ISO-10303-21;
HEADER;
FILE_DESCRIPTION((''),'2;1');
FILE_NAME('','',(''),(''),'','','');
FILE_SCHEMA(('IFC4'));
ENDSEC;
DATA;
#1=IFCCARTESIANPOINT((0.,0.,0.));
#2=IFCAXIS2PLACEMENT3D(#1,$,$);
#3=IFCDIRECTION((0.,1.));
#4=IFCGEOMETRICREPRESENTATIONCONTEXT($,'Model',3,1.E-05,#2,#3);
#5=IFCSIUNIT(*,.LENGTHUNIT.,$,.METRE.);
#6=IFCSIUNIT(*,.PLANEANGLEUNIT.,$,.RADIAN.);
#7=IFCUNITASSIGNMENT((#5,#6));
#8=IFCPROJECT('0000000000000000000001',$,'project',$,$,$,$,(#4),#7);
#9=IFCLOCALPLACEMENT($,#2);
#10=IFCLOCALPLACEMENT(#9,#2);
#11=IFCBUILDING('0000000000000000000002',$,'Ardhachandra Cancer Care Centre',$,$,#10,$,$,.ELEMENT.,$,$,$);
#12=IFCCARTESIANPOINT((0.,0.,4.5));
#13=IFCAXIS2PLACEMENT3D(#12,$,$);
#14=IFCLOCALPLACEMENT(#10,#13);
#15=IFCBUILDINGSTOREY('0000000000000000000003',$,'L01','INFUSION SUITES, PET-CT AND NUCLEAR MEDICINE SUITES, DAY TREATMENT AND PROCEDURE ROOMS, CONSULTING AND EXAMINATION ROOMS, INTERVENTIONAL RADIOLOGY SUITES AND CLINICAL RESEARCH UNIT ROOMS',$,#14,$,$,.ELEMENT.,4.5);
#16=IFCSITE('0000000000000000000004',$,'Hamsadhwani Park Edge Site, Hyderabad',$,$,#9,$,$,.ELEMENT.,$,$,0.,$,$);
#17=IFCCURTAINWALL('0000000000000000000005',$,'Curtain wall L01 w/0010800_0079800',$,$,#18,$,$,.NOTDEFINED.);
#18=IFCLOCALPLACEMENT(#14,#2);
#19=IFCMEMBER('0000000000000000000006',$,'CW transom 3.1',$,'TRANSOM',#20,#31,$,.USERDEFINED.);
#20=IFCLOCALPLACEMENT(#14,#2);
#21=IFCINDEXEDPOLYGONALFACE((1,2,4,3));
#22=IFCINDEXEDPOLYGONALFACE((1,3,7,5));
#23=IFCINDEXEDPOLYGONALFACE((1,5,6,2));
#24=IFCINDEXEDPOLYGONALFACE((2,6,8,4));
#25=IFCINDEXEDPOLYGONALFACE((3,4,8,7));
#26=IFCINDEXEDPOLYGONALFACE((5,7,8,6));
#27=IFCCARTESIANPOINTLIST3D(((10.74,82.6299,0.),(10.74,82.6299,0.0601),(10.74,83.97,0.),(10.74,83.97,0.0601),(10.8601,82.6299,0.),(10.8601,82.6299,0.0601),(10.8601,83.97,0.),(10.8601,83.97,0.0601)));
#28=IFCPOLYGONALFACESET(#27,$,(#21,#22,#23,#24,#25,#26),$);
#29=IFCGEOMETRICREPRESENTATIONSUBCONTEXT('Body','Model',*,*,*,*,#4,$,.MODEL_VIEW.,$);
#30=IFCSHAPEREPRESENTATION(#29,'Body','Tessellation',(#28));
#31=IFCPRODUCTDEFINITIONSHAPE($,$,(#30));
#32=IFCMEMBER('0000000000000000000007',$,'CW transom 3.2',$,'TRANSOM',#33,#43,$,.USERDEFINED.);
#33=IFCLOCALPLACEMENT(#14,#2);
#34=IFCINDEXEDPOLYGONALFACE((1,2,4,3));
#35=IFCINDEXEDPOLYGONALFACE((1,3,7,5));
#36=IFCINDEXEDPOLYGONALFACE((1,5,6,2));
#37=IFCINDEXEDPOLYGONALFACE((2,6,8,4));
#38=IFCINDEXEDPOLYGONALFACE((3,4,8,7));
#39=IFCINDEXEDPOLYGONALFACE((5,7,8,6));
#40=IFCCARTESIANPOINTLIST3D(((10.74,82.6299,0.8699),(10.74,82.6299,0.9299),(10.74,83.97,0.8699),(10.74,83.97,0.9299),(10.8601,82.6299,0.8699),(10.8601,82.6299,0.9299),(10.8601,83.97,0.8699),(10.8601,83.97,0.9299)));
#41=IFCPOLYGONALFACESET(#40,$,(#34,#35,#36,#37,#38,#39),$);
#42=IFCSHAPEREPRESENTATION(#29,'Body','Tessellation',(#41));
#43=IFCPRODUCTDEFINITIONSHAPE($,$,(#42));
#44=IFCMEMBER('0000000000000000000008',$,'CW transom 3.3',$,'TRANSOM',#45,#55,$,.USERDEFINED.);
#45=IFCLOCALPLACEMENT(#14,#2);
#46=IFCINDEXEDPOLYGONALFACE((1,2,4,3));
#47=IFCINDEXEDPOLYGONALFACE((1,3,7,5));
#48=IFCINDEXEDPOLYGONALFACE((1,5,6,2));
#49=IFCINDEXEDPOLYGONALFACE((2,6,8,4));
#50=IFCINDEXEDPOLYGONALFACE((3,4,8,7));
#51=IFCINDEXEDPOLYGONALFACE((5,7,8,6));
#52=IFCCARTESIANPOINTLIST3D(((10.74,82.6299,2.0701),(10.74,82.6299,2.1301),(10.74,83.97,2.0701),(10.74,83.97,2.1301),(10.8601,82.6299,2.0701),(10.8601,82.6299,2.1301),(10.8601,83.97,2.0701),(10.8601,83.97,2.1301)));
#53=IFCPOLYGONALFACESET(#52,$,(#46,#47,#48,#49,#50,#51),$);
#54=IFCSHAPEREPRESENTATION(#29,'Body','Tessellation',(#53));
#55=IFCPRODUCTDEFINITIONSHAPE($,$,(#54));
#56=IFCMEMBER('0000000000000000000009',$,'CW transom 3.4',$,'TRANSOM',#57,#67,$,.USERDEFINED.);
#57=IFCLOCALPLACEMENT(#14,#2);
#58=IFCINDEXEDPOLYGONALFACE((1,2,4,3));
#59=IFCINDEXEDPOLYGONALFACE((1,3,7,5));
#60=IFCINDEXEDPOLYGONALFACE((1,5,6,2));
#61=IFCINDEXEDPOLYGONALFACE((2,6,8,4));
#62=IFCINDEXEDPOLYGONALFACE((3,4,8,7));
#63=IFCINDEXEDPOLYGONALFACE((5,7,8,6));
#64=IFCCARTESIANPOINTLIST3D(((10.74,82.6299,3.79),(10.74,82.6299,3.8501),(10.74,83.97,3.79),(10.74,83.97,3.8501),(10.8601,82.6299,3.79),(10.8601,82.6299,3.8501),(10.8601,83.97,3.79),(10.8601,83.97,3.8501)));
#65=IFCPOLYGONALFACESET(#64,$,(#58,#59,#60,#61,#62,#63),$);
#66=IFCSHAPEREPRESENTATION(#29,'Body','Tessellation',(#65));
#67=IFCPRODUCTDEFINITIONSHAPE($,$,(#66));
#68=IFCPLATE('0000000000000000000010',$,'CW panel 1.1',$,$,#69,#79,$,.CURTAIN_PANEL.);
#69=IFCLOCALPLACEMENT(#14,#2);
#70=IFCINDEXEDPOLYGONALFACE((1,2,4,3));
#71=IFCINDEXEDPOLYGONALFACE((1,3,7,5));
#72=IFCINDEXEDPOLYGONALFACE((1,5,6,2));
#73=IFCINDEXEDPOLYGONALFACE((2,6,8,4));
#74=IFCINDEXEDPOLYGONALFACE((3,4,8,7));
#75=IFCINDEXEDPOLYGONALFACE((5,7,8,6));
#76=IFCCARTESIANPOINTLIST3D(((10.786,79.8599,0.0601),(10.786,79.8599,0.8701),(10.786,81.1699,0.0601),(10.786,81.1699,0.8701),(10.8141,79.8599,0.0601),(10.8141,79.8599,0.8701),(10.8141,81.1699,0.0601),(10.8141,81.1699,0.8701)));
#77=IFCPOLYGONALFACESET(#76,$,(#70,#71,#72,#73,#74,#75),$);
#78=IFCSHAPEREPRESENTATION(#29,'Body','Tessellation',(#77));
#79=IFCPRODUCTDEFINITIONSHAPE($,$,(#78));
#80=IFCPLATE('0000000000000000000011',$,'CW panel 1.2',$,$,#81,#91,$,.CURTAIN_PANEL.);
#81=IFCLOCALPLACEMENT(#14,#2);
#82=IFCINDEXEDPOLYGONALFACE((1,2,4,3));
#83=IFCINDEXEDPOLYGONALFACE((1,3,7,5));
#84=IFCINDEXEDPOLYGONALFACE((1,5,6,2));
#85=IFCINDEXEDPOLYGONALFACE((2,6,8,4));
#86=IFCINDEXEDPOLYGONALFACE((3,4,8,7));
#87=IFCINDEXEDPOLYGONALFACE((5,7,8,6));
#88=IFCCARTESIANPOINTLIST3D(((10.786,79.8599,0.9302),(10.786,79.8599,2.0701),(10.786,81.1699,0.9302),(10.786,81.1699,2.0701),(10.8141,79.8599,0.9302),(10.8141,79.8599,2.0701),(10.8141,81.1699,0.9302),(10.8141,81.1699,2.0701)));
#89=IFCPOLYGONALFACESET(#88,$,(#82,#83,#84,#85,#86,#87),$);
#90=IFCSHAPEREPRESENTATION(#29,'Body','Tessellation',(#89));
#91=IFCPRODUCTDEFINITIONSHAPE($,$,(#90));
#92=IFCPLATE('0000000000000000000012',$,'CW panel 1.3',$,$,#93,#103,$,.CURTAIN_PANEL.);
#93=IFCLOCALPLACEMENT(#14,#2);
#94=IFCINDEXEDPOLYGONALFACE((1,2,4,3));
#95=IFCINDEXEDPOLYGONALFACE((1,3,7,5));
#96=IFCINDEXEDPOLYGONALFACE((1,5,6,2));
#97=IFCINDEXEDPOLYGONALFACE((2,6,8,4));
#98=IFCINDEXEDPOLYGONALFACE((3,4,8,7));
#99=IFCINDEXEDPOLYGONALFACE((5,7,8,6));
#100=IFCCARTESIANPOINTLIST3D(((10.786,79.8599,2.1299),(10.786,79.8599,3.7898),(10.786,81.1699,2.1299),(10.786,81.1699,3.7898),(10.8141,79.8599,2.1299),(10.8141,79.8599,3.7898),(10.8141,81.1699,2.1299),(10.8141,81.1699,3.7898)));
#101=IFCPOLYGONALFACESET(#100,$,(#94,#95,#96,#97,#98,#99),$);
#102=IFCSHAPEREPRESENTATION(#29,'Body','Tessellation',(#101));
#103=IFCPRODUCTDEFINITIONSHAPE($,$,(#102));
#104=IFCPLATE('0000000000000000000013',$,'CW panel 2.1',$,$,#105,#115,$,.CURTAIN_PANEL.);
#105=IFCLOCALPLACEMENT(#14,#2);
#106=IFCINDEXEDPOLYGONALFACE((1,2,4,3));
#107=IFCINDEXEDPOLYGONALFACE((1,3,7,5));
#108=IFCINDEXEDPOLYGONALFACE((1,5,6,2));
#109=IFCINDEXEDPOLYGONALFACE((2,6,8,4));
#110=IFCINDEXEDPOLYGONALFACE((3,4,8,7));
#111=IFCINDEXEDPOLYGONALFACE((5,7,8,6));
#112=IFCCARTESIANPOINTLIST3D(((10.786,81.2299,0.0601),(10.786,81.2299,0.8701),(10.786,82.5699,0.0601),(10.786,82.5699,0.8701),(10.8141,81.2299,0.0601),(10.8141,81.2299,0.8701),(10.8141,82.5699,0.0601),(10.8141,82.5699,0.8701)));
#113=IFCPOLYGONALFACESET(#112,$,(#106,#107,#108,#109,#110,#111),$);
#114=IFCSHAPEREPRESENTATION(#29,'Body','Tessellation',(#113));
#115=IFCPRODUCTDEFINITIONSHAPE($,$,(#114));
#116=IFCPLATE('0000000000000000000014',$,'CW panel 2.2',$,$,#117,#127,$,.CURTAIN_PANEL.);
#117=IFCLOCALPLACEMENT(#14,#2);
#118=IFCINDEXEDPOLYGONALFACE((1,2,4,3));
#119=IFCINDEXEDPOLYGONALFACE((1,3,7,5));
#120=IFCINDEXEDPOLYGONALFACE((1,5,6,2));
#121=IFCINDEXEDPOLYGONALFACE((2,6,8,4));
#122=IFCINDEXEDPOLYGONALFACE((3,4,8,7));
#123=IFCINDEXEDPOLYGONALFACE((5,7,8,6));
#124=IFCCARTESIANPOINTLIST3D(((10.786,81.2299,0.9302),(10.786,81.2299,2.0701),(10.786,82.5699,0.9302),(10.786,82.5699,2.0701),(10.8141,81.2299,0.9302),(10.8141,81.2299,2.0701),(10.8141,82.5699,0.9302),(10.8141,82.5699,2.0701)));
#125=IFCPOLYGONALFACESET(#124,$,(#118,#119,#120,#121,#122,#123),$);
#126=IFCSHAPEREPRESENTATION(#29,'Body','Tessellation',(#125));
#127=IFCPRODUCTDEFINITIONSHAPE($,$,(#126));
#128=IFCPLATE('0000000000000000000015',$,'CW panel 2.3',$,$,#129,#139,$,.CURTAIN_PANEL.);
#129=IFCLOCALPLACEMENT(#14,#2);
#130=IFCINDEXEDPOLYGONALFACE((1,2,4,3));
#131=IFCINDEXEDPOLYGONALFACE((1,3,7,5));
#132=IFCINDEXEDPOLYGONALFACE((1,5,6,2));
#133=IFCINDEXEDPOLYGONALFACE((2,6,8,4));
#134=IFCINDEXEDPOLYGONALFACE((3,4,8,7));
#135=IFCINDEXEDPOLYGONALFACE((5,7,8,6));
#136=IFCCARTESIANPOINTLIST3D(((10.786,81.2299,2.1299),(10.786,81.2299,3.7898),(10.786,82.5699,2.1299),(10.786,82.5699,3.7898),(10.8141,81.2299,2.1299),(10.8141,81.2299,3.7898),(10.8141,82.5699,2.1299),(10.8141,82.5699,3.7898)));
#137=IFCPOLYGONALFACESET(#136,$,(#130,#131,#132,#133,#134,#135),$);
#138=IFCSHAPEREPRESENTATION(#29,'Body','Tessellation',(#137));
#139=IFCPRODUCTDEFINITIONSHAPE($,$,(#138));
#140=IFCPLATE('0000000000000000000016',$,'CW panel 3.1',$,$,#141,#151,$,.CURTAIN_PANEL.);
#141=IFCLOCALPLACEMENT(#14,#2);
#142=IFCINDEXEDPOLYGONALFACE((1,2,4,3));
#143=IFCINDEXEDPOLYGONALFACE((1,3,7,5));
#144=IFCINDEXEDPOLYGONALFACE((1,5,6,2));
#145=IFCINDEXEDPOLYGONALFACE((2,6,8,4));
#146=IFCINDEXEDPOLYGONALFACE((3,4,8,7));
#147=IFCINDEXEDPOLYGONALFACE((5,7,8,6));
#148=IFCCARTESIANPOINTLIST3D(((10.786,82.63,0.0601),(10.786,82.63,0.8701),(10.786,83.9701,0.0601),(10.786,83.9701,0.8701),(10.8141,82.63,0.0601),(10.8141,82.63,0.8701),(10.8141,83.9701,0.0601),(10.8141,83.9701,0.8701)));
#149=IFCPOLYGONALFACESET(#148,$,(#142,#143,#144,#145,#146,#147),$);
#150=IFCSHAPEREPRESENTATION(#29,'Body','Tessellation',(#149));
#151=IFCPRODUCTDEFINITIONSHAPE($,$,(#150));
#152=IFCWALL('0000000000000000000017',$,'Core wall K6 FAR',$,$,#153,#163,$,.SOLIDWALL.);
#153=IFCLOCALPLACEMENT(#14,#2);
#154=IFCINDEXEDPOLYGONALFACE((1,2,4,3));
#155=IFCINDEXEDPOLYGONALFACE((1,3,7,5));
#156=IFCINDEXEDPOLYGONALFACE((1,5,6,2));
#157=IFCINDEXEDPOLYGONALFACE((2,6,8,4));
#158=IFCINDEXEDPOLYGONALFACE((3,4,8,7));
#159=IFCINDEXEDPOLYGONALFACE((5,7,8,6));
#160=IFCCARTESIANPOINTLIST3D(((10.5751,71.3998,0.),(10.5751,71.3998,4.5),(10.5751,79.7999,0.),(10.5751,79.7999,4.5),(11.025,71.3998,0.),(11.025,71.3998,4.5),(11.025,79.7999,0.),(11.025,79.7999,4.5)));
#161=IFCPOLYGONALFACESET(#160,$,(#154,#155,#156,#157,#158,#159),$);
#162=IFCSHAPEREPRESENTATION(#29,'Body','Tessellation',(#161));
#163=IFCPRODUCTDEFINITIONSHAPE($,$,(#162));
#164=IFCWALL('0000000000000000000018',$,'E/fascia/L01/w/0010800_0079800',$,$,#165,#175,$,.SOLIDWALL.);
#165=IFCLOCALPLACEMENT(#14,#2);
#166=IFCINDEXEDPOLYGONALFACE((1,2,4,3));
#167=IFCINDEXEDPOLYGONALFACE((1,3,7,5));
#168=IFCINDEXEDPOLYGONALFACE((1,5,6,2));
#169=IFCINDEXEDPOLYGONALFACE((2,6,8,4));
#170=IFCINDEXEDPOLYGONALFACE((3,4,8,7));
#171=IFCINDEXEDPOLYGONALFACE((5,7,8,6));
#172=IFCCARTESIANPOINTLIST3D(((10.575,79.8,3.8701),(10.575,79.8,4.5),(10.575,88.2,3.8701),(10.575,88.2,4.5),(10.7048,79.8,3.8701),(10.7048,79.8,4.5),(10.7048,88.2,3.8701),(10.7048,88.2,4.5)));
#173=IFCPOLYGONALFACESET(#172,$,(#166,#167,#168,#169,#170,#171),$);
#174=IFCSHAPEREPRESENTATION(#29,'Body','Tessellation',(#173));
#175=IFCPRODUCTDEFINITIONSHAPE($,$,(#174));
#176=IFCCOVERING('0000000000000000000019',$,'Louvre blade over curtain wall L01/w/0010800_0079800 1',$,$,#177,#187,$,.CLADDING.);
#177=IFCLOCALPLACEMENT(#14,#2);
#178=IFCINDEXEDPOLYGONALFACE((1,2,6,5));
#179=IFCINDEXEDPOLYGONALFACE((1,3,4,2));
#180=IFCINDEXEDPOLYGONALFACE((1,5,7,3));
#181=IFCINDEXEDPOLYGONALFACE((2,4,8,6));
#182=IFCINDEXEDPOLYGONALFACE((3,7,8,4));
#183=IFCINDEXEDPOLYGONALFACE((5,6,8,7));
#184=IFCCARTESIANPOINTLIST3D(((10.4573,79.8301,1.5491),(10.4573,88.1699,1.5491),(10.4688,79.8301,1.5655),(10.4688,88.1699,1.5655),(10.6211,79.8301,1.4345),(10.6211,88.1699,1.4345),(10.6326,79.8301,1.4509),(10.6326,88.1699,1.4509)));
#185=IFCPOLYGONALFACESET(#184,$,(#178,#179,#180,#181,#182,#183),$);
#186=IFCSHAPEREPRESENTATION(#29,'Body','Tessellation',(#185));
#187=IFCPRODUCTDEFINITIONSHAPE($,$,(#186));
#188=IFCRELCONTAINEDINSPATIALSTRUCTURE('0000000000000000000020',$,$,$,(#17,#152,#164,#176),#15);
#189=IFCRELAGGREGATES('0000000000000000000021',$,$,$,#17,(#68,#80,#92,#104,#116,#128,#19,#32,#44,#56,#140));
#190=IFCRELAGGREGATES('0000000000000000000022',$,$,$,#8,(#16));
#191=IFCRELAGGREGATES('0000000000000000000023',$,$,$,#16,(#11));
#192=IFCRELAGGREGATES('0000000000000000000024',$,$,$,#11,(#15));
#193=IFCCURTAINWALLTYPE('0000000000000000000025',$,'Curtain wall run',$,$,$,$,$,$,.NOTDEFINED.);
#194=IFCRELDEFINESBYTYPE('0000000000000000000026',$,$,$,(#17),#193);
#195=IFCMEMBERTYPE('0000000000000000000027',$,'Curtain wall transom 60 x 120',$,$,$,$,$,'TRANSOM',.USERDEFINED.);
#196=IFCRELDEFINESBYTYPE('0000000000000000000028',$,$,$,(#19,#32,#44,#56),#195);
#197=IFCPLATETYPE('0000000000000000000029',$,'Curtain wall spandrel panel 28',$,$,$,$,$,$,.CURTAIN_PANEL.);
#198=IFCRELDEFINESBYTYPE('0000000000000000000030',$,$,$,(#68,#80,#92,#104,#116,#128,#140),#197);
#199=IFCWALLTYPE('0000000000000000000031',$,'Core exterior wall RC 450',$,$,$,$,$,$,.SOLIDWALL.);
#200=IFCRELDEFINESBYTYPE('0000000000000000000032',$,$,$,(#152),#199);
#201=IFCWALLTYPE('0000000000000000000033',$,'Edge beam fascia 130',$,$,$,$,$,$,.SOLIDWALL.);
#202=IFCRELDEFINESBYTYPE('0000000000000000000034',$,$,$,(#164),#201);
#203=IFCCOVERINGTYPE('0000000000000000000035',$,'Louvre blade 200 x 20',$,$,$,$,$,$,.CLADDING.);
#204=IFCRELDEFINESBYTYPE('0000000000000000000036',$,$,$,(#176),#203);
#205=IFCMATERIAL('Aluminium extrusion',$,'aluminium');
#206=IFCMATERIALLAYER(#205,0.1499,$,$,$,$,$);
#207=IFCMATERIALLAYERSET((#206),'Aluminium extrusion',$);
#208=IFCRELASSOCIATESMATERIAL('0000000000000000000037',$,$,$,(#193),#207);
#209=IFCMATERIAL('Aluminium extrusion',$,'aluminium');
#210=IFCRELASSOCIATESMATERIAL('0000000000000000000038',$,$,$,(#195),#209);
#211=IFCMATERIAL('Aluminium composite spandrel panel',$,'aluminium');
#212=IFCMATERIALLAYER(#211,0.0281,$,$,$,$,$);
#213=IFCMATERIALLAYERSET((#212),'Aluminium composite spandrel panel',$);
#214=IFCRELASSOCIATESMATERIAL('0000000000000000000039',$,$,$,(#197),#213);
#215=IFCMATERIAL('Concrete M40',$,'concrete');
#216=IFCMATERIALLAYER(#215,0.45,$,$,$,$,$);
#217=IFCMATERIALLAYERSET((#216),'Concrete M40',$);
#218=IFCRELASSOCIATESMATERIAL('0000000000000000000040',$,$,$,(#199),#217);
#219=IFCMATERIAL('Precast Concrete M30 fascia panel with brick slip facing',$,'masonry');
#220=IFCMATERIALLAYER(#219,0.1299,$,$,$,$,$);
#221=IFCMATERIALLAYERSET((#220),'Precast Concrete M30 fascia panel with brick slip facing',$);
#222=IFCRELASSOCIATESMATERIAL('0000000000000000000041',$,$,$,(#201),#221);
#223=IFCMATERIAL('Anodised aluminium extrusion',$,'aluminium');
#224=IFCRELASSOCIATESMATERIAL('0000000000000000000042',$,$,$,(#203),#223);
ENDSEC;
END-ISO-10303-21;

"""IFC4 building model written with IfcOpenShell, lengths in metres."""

from ifc_helpers import new_model, si_unit, direction, frame, frame_2d, origin, origin_2d, place, context, subcontext, project, spatial, rectangle, extrude, material, layer, layer_set, material_profile, profile_set, type_object, element, aggregate, save


model = new_model("IFC4")

# Units and contexts
model_context = context("Model", 3, precision=1e-05, world=origin(), true_north=direction((0.0, 1.0)))
body_context = subcontext(model_context, "Body", "Model", "MODEL_VIEW")
ifc_project = project(units=[si_unit("LENGTHUNIT", "METRE"), si_unit("PLANEANGLEUNIT", "RADIAN")], contexts=[model_context])

# Site, building, storey
site_placement = place(None, origin())
site = spatial("IfcSite", under=ifc_project, at=site_placement, Name="Hamsadhwani Park Edge Site, Hyderabad", CompositionType="ELEMENT", RefElevation=0.0)
building_placement = place(site_placement, origin())
building = spatial("IfcBuilding", under=site, at=building_placement, Name="Ardhachandra Cancer Care Centre", CompositionType="ELEMENT")
storey_placement = place(building_placement, frame((0.0, 0.0, 4.5)))
storey = spatial("IfcBuildingStorey", under=building, at=storey_placement, Name="L01", Description="INFUSION SUITES, PET-CT AND NUCLEAR MEDICINE SUITES, DAY TREATMENT AND PROCEDURE ROOMS, CONSULTING AND EXAMINATION ROOMS, INTERVENTIONAL RADIOLOGY SUITES AND CLINICAL RESEARCH UNIT ROOMS", CompositionType="ELEMENT", Elevation=4.5)

# Curtain wall, members, plates
ifc_material_1 = material(Name="Aluminium extrusion", Category="aluminium")
ifc_layer_1 = layer(ifc_material_1, 0.1499)
ifc_layer_set_1 = layer_set([ifc_layer_1], Name="Aluminium extrusion")
curtain_wall_type = type_object("IfcCurtainWallType", Name="Curtain wall run", PredefinedType="NOTDEFINED", material=ifc_layer_set_1)
curtain_wall_placement = place(storey_placement, origin())
curtain_wall = element("IfcCurtainWall", 1, at=curtain_wall_placement, inside=storey, type_object=curtain_wall_type, Name="Curtain wall L01 w/0010800_0079800", PredefinedType="NOTDEFINED")
ifc_material_2 = material(Name="Aluminium extrusion", Category="aluminium")
ifc_material_profile_1 = material_profile(ifc_material_2, rectangle(XDim=0.1201, YDim=0.0601, at=origin_2d()), Name="Curtain wall transom 60 x 120")
ifc_profile_set_1 = profile_set([ifc_material_profile_1], Name="Aluminium extrusion")
member_type_1 = type_object("IfcMemberType", Name="Curtain wall transom 60 x 120", ElementType="TRANSOM", PredefinedType="USERDEFINED", material=ifc_profile_set_1)
member_1_placement = place(storey_placement, frame((10.8, 82.6299, 0.03), z_axis=(0.0, 1.0, 0.0), x_axis=(-1.0, 0.0, 0.0)))
member_1 = element("IfcMember", 2, at=member_1_placement, type_object=member_type_1, Name="CW transom 3.1", ObjectType="TRANSOM", PredefinedType="USERDEFINED", context=body_context, shape_type="SweptSolid", body=[
    extrude(rectangle(XDim=0.1201, YDim=0.0601, at=origin_2d()), origin(), (0.0, 0.0, 1.0), 1.3401),
])
member_2_placement = place(storey_placement, frame((10.8, 82.6299, 0.8999), z_axis=(0.0, 1.0, 0.0), x_axis=(-1.0, 0.0, 0.0)))
member_2 = element("IfcMember", 3, at=member_2_placement, type_object=member_type_1, Name="CW transom 3.2", ObjectType="TRANSOM", PredefinedType="USERDEFINED", context=body_context, shape_type="SweptSolid", body=[
    extrude(rectangle(XDim=0.1201, YDim=0.0601, at=origin_2d()), origin(), (0.0, 0.0, 1.0), 1.3401),
])
member_3_placement = place(storey_placement, frame((10.8, 82.6299, 2.1001), z_axis=(0.0, 1.0, 0.0), x_axis=(-1.0, 0.0, 0.0)))
member_3 = element("IfcMember", 4, at=member_3_placement, type_object=member_type_1, Name="CW transom 3.3", ObjectType="TRANSOM", PredefinedType="USERDEFINED", context=body_context, shape_type="SweptSolid", body=[
    extrude(rectangle(XDim=0.1201, YDim=0.0601, at=origin_2d()), origin(), (0.0, 0.0, 1.0), 1.3401),
])
member_4_placement = place(storey_placement, frame((10.8, 82.6299, 3.8201), z_axis=(0.0, 1.0, 0.0), x_axis=(-1.0, 0.0, 0.0)))
member_4 = element("IfcMember", 5, at=member_4_placement, type_object=member_type_1, Name="CW transom 3.4", ObjectType="TRANSOM", PredefinedType="USERDEFINED", context=body_context, shape_type="SweptSolid", body=[
    extrude(rectangle(XDim=0.1201, YDim=0.0601, at=origin_2d()), origin(), (0.0, 0.0, 1.0), 1.3401),
])
ifc_material_3 = material(Name="Aluminium composite spandrel panel", Category="aluminium")
ifc_layer_2 = layer(ifc_material_3, 0.0281)
ifc_layer_set_2 = layer_set([ifc_layer_2], Name="Aluminium composite spandrel panel")
plate_type = type_object("IfcPlateType", Name="Curtain wall spandrel panel 28", PredefinedType="CURTAIN_PANEL", material=ifc_layer_set_2)
plate_1_placement = place(storey_placement, frame((10.8, 80.5149, 0.0601), z_axis=(0.0, 0.0, 1.0), x_axis=(0.0, 1.0, 0.0)))
plate_1 = element("IfcPlate", 6, at=plate_1_placement, type_object=plate_type, Name="CW panel 1.1", PredefinedType="CURTAIN_PANEL", context=body_context, shape_type="SweptSolid", body=[
    extrude(rectangle(XDim=1.3101, YDim=0.0281, at=origin_2d()), origin(), (0.0, 0.0, 1.0), 0.8101),
])
plate_2_placement = place(storey_placement, frame((10.8, 80.5149, 0.9302), z_axis=(0.0, 0.0, 1.0), x_axis=(0.0, 1.0, 0.0)))
plate_2 = element("IfcPlate", 7, at=plate_2_placement, type_object=plate_type, Name="CW panel 1.2", PredefinedType="CURTAIN_PANEL", context=body_context, shape_type="SweptSolid", body=[
    extrude(rectangle(XDim=1.3101, YDim=0.0281, at=origin_2d()), origin(), (0.0, 0.0, 1.0), 1.1399),
])
plate_3_placement = place(storey_placement, frame((10.8, 80.5149, 2.1299), z_axis=(0.0, 0.0, 1.0), x_axis=(0.0, 1.0, 0.0)))
plate_3 = element("IfcPlate", 8, at=plate_3_placement, type_object=plate_type, Name="CW panel 1.3", PredefinedType="CURTAIN_PANEL", context=body_context, shape_type="SweptSolid", body=[
    extrude(rectangle(XDim=1.3101, YDim=0.0281, at=origin_2d()), origin(), (0.0, 0.0, 1.0), 1.6599),
])
plate_4_placement = place(storey_placement, frame((10.8, 81.8999, 0.0601), z_axis=(0.0, 0.0, 1.0), x_axis=(0.0, 1.0, 0.0)))
plate_4 = element("IfcPlate", 9, at=plate_4_placement, type_object=plate_type, Name="CW panel 2.1", PredefinedType="CURTAIN_PANEL", context=body_context, shape_type="SweptSolid", body=[
    extrude(rectangle(XDim=1.3401, YDim=0.0281, at=origin_2d()), origin(), (0.0, 0.0, 1.0), 0.8101),
])
plate_5_placement = place(storey_placement, frame((10.8, 81.8999, 0.9302), z_axis=(0.0, 0.0, 1.0), x_axis=(0.0, 1.0, 0.0)))
plate_5 = element("IfcPlate", 10, at=plate_5_placement, type_object=plate_type, Name="CW panel 2.2", PredefinedType="CURTAIN_PANEL", context=body_context, shape_type="SweptSolid", body=[
    extrude(rectangle(XDim=1.3401, YDim=0.0281, at=origin_2d()), origin(), (0.0, 0.0, 1.0), 1.1399),
])
plate_6_placement = place(storey_placement, frame((10.8, 81.8999, 2.1299), z_axis=(0.0, 0.0, 1.0), x_axis=(0.0, 1.0, 0.0)))
plate_6 = element("IfcPlate", 11, at=plate_6_placement, type_object=plate_type, Name="CW panel 2.3", PredefinedType="CURTAIN_PANEL", context=body_context, shape_type="SweptSolid", body=[
    extrude(rectangle(XDim=1.3401, YDim=0.0281, at=origin_2d()), origin(), (0.0, 0.0, 1.0), 1.6599),
])
plate_7_placement = place(storey_placement, frame((10.8, 83.3, 0.0601), z_axis=(0.0, 0.0, 1.0), x_axis=(0.0, 1.0, 0.0)))
plate_7 = element("IfcPlate", 12, at=plate_7_placement, type_object=plate_type, Name="CW panel 3.1", PredefinedType="CURTAIN_PANEL", context=body_context, shape_type="SweptSolid", body=[
    extrude(rectangle(XDim=1.3401, YDim=0.0281, at=origin_2d()), origin(), (0.0, 0.0, 1.0), 0.8101),
])
aggregate(curtain_wall, [plate_1, plate_2, plate_3, plate_4, plate_5, plate_6, member_1, member_2, member_3, member_4, plate_7])

# Walls
ifc_material_4 = material(Name="Concrete M40", Category="concrete")
ifc_layer_3 = layer(ifc_material_4, 0.45)
ifc_layer_set_3 = layer_set([ifc_layer_3], Name="Concrete M40")
wall_type_1 = type_object("IfcWallType", Name="Core exterior wall RC 450", PredefinedType="SOLIDWALL", material=ifc_layer_set_3)
wall_1_placement = place(storey_placement, frame((10.8, 79.8, 0.0), z_axis=(0.0, 0.0, 1.0), x_axis=(0.0, -1.0, 0.0)))
element("IfcWall", 13, at=wall_1_placement, inside=storey, type_object=wall_type_1, Name="Core wall K6 FAR", PredefinedType="SOLIDWALL", context=body_context, shape_type="SweptSolid", body=[
    extrude(rectangle(XDim=8.4001, YDim=0.45, at=frame_2d((4.2002, 0.0))), origin(), (0.0, 0.0, 1.0), 4.5),
])
ifc_material_5 = material(Name="Precast Concrete M30 fascia panel with brick slip facing", Category="masonry")
ifc_layer_4 = layer(ifc_material_5, 0.1299)
ifc_layer_set_4 = layer_set([ifc_layer_4], Name="Precast Concrete M30 fascia panel with brick slip facing")
wall_type_2 = type_object("IfcWallType", Name="Edge beam fascia 130", PredefinedType="SOLIDWALL", material=ifc_layer_set_4)
wall_2_placement = place(storey_placement, frame((10.6399, 79.8, 3.8701), z_axis=(0.0, 0.0, 1.0), x_axis=(0.0, 1.0, 0.0)))
element("IfcWall", 14, at=wall_2_placement, inside=storey, type_object=wall_type_2, Name="E/fascia/L01/w/0010800_0079800", PredefinedType="SOLIDWALL", context=body_context, shape_type="SweptSolid", body=[
    extrude(rectangle(XDim=8.3999, YDim=0.1299, at=frame_2d((4.2, 0.0))), origin(), (0.0, 0.0, 1.0), 0.6299),
])

# Covering
ifc_material_6 = material(Name="Anodised aluminium extrusion", Category="aluminium")
ifc_material_profile_2 = material_profile(ifc_material_6, rectangle(XDim=0.2, YDim=0.02, at=origin_2d()), Name="Louvre blade 200 x 20")
ifc_profile_set_2 = profile_set([ifc_material_profile_2], Name="Anodised aluminium extrusion")
covering_type_1 = type_object("IfcCoveringType", Name="Louvre blade 200 x 20", PredefinedType="CLADDING", material=ifc_profile_set_2)
for number, where, z_axis, x_axis, name in (
    (15, (10.5449, 79.8301, 1.5), (0.0, 1.0, 0.0), (-0.819152, 0.0, 0.573576), "Louvre blade over curtain wall L01/w/0010800_0079800 1"),
):
    element("IfcCovering", number, at=place(storey_placement, frame(where, z_axis=z_axis, x_axis=x_axis)), inside=storey, type_object=covering_type_1, Name=name, PredefinedType="CLADDING", context=body_context, shape_type="SweptSolid", body=[
        extrude(rectangle(XDim=0.2, YDim=0.02, at=origin_2d()), origin(), (0.0, 0.0, 1.0), 8.3398),
    ])

save(model, "model.ifc")
